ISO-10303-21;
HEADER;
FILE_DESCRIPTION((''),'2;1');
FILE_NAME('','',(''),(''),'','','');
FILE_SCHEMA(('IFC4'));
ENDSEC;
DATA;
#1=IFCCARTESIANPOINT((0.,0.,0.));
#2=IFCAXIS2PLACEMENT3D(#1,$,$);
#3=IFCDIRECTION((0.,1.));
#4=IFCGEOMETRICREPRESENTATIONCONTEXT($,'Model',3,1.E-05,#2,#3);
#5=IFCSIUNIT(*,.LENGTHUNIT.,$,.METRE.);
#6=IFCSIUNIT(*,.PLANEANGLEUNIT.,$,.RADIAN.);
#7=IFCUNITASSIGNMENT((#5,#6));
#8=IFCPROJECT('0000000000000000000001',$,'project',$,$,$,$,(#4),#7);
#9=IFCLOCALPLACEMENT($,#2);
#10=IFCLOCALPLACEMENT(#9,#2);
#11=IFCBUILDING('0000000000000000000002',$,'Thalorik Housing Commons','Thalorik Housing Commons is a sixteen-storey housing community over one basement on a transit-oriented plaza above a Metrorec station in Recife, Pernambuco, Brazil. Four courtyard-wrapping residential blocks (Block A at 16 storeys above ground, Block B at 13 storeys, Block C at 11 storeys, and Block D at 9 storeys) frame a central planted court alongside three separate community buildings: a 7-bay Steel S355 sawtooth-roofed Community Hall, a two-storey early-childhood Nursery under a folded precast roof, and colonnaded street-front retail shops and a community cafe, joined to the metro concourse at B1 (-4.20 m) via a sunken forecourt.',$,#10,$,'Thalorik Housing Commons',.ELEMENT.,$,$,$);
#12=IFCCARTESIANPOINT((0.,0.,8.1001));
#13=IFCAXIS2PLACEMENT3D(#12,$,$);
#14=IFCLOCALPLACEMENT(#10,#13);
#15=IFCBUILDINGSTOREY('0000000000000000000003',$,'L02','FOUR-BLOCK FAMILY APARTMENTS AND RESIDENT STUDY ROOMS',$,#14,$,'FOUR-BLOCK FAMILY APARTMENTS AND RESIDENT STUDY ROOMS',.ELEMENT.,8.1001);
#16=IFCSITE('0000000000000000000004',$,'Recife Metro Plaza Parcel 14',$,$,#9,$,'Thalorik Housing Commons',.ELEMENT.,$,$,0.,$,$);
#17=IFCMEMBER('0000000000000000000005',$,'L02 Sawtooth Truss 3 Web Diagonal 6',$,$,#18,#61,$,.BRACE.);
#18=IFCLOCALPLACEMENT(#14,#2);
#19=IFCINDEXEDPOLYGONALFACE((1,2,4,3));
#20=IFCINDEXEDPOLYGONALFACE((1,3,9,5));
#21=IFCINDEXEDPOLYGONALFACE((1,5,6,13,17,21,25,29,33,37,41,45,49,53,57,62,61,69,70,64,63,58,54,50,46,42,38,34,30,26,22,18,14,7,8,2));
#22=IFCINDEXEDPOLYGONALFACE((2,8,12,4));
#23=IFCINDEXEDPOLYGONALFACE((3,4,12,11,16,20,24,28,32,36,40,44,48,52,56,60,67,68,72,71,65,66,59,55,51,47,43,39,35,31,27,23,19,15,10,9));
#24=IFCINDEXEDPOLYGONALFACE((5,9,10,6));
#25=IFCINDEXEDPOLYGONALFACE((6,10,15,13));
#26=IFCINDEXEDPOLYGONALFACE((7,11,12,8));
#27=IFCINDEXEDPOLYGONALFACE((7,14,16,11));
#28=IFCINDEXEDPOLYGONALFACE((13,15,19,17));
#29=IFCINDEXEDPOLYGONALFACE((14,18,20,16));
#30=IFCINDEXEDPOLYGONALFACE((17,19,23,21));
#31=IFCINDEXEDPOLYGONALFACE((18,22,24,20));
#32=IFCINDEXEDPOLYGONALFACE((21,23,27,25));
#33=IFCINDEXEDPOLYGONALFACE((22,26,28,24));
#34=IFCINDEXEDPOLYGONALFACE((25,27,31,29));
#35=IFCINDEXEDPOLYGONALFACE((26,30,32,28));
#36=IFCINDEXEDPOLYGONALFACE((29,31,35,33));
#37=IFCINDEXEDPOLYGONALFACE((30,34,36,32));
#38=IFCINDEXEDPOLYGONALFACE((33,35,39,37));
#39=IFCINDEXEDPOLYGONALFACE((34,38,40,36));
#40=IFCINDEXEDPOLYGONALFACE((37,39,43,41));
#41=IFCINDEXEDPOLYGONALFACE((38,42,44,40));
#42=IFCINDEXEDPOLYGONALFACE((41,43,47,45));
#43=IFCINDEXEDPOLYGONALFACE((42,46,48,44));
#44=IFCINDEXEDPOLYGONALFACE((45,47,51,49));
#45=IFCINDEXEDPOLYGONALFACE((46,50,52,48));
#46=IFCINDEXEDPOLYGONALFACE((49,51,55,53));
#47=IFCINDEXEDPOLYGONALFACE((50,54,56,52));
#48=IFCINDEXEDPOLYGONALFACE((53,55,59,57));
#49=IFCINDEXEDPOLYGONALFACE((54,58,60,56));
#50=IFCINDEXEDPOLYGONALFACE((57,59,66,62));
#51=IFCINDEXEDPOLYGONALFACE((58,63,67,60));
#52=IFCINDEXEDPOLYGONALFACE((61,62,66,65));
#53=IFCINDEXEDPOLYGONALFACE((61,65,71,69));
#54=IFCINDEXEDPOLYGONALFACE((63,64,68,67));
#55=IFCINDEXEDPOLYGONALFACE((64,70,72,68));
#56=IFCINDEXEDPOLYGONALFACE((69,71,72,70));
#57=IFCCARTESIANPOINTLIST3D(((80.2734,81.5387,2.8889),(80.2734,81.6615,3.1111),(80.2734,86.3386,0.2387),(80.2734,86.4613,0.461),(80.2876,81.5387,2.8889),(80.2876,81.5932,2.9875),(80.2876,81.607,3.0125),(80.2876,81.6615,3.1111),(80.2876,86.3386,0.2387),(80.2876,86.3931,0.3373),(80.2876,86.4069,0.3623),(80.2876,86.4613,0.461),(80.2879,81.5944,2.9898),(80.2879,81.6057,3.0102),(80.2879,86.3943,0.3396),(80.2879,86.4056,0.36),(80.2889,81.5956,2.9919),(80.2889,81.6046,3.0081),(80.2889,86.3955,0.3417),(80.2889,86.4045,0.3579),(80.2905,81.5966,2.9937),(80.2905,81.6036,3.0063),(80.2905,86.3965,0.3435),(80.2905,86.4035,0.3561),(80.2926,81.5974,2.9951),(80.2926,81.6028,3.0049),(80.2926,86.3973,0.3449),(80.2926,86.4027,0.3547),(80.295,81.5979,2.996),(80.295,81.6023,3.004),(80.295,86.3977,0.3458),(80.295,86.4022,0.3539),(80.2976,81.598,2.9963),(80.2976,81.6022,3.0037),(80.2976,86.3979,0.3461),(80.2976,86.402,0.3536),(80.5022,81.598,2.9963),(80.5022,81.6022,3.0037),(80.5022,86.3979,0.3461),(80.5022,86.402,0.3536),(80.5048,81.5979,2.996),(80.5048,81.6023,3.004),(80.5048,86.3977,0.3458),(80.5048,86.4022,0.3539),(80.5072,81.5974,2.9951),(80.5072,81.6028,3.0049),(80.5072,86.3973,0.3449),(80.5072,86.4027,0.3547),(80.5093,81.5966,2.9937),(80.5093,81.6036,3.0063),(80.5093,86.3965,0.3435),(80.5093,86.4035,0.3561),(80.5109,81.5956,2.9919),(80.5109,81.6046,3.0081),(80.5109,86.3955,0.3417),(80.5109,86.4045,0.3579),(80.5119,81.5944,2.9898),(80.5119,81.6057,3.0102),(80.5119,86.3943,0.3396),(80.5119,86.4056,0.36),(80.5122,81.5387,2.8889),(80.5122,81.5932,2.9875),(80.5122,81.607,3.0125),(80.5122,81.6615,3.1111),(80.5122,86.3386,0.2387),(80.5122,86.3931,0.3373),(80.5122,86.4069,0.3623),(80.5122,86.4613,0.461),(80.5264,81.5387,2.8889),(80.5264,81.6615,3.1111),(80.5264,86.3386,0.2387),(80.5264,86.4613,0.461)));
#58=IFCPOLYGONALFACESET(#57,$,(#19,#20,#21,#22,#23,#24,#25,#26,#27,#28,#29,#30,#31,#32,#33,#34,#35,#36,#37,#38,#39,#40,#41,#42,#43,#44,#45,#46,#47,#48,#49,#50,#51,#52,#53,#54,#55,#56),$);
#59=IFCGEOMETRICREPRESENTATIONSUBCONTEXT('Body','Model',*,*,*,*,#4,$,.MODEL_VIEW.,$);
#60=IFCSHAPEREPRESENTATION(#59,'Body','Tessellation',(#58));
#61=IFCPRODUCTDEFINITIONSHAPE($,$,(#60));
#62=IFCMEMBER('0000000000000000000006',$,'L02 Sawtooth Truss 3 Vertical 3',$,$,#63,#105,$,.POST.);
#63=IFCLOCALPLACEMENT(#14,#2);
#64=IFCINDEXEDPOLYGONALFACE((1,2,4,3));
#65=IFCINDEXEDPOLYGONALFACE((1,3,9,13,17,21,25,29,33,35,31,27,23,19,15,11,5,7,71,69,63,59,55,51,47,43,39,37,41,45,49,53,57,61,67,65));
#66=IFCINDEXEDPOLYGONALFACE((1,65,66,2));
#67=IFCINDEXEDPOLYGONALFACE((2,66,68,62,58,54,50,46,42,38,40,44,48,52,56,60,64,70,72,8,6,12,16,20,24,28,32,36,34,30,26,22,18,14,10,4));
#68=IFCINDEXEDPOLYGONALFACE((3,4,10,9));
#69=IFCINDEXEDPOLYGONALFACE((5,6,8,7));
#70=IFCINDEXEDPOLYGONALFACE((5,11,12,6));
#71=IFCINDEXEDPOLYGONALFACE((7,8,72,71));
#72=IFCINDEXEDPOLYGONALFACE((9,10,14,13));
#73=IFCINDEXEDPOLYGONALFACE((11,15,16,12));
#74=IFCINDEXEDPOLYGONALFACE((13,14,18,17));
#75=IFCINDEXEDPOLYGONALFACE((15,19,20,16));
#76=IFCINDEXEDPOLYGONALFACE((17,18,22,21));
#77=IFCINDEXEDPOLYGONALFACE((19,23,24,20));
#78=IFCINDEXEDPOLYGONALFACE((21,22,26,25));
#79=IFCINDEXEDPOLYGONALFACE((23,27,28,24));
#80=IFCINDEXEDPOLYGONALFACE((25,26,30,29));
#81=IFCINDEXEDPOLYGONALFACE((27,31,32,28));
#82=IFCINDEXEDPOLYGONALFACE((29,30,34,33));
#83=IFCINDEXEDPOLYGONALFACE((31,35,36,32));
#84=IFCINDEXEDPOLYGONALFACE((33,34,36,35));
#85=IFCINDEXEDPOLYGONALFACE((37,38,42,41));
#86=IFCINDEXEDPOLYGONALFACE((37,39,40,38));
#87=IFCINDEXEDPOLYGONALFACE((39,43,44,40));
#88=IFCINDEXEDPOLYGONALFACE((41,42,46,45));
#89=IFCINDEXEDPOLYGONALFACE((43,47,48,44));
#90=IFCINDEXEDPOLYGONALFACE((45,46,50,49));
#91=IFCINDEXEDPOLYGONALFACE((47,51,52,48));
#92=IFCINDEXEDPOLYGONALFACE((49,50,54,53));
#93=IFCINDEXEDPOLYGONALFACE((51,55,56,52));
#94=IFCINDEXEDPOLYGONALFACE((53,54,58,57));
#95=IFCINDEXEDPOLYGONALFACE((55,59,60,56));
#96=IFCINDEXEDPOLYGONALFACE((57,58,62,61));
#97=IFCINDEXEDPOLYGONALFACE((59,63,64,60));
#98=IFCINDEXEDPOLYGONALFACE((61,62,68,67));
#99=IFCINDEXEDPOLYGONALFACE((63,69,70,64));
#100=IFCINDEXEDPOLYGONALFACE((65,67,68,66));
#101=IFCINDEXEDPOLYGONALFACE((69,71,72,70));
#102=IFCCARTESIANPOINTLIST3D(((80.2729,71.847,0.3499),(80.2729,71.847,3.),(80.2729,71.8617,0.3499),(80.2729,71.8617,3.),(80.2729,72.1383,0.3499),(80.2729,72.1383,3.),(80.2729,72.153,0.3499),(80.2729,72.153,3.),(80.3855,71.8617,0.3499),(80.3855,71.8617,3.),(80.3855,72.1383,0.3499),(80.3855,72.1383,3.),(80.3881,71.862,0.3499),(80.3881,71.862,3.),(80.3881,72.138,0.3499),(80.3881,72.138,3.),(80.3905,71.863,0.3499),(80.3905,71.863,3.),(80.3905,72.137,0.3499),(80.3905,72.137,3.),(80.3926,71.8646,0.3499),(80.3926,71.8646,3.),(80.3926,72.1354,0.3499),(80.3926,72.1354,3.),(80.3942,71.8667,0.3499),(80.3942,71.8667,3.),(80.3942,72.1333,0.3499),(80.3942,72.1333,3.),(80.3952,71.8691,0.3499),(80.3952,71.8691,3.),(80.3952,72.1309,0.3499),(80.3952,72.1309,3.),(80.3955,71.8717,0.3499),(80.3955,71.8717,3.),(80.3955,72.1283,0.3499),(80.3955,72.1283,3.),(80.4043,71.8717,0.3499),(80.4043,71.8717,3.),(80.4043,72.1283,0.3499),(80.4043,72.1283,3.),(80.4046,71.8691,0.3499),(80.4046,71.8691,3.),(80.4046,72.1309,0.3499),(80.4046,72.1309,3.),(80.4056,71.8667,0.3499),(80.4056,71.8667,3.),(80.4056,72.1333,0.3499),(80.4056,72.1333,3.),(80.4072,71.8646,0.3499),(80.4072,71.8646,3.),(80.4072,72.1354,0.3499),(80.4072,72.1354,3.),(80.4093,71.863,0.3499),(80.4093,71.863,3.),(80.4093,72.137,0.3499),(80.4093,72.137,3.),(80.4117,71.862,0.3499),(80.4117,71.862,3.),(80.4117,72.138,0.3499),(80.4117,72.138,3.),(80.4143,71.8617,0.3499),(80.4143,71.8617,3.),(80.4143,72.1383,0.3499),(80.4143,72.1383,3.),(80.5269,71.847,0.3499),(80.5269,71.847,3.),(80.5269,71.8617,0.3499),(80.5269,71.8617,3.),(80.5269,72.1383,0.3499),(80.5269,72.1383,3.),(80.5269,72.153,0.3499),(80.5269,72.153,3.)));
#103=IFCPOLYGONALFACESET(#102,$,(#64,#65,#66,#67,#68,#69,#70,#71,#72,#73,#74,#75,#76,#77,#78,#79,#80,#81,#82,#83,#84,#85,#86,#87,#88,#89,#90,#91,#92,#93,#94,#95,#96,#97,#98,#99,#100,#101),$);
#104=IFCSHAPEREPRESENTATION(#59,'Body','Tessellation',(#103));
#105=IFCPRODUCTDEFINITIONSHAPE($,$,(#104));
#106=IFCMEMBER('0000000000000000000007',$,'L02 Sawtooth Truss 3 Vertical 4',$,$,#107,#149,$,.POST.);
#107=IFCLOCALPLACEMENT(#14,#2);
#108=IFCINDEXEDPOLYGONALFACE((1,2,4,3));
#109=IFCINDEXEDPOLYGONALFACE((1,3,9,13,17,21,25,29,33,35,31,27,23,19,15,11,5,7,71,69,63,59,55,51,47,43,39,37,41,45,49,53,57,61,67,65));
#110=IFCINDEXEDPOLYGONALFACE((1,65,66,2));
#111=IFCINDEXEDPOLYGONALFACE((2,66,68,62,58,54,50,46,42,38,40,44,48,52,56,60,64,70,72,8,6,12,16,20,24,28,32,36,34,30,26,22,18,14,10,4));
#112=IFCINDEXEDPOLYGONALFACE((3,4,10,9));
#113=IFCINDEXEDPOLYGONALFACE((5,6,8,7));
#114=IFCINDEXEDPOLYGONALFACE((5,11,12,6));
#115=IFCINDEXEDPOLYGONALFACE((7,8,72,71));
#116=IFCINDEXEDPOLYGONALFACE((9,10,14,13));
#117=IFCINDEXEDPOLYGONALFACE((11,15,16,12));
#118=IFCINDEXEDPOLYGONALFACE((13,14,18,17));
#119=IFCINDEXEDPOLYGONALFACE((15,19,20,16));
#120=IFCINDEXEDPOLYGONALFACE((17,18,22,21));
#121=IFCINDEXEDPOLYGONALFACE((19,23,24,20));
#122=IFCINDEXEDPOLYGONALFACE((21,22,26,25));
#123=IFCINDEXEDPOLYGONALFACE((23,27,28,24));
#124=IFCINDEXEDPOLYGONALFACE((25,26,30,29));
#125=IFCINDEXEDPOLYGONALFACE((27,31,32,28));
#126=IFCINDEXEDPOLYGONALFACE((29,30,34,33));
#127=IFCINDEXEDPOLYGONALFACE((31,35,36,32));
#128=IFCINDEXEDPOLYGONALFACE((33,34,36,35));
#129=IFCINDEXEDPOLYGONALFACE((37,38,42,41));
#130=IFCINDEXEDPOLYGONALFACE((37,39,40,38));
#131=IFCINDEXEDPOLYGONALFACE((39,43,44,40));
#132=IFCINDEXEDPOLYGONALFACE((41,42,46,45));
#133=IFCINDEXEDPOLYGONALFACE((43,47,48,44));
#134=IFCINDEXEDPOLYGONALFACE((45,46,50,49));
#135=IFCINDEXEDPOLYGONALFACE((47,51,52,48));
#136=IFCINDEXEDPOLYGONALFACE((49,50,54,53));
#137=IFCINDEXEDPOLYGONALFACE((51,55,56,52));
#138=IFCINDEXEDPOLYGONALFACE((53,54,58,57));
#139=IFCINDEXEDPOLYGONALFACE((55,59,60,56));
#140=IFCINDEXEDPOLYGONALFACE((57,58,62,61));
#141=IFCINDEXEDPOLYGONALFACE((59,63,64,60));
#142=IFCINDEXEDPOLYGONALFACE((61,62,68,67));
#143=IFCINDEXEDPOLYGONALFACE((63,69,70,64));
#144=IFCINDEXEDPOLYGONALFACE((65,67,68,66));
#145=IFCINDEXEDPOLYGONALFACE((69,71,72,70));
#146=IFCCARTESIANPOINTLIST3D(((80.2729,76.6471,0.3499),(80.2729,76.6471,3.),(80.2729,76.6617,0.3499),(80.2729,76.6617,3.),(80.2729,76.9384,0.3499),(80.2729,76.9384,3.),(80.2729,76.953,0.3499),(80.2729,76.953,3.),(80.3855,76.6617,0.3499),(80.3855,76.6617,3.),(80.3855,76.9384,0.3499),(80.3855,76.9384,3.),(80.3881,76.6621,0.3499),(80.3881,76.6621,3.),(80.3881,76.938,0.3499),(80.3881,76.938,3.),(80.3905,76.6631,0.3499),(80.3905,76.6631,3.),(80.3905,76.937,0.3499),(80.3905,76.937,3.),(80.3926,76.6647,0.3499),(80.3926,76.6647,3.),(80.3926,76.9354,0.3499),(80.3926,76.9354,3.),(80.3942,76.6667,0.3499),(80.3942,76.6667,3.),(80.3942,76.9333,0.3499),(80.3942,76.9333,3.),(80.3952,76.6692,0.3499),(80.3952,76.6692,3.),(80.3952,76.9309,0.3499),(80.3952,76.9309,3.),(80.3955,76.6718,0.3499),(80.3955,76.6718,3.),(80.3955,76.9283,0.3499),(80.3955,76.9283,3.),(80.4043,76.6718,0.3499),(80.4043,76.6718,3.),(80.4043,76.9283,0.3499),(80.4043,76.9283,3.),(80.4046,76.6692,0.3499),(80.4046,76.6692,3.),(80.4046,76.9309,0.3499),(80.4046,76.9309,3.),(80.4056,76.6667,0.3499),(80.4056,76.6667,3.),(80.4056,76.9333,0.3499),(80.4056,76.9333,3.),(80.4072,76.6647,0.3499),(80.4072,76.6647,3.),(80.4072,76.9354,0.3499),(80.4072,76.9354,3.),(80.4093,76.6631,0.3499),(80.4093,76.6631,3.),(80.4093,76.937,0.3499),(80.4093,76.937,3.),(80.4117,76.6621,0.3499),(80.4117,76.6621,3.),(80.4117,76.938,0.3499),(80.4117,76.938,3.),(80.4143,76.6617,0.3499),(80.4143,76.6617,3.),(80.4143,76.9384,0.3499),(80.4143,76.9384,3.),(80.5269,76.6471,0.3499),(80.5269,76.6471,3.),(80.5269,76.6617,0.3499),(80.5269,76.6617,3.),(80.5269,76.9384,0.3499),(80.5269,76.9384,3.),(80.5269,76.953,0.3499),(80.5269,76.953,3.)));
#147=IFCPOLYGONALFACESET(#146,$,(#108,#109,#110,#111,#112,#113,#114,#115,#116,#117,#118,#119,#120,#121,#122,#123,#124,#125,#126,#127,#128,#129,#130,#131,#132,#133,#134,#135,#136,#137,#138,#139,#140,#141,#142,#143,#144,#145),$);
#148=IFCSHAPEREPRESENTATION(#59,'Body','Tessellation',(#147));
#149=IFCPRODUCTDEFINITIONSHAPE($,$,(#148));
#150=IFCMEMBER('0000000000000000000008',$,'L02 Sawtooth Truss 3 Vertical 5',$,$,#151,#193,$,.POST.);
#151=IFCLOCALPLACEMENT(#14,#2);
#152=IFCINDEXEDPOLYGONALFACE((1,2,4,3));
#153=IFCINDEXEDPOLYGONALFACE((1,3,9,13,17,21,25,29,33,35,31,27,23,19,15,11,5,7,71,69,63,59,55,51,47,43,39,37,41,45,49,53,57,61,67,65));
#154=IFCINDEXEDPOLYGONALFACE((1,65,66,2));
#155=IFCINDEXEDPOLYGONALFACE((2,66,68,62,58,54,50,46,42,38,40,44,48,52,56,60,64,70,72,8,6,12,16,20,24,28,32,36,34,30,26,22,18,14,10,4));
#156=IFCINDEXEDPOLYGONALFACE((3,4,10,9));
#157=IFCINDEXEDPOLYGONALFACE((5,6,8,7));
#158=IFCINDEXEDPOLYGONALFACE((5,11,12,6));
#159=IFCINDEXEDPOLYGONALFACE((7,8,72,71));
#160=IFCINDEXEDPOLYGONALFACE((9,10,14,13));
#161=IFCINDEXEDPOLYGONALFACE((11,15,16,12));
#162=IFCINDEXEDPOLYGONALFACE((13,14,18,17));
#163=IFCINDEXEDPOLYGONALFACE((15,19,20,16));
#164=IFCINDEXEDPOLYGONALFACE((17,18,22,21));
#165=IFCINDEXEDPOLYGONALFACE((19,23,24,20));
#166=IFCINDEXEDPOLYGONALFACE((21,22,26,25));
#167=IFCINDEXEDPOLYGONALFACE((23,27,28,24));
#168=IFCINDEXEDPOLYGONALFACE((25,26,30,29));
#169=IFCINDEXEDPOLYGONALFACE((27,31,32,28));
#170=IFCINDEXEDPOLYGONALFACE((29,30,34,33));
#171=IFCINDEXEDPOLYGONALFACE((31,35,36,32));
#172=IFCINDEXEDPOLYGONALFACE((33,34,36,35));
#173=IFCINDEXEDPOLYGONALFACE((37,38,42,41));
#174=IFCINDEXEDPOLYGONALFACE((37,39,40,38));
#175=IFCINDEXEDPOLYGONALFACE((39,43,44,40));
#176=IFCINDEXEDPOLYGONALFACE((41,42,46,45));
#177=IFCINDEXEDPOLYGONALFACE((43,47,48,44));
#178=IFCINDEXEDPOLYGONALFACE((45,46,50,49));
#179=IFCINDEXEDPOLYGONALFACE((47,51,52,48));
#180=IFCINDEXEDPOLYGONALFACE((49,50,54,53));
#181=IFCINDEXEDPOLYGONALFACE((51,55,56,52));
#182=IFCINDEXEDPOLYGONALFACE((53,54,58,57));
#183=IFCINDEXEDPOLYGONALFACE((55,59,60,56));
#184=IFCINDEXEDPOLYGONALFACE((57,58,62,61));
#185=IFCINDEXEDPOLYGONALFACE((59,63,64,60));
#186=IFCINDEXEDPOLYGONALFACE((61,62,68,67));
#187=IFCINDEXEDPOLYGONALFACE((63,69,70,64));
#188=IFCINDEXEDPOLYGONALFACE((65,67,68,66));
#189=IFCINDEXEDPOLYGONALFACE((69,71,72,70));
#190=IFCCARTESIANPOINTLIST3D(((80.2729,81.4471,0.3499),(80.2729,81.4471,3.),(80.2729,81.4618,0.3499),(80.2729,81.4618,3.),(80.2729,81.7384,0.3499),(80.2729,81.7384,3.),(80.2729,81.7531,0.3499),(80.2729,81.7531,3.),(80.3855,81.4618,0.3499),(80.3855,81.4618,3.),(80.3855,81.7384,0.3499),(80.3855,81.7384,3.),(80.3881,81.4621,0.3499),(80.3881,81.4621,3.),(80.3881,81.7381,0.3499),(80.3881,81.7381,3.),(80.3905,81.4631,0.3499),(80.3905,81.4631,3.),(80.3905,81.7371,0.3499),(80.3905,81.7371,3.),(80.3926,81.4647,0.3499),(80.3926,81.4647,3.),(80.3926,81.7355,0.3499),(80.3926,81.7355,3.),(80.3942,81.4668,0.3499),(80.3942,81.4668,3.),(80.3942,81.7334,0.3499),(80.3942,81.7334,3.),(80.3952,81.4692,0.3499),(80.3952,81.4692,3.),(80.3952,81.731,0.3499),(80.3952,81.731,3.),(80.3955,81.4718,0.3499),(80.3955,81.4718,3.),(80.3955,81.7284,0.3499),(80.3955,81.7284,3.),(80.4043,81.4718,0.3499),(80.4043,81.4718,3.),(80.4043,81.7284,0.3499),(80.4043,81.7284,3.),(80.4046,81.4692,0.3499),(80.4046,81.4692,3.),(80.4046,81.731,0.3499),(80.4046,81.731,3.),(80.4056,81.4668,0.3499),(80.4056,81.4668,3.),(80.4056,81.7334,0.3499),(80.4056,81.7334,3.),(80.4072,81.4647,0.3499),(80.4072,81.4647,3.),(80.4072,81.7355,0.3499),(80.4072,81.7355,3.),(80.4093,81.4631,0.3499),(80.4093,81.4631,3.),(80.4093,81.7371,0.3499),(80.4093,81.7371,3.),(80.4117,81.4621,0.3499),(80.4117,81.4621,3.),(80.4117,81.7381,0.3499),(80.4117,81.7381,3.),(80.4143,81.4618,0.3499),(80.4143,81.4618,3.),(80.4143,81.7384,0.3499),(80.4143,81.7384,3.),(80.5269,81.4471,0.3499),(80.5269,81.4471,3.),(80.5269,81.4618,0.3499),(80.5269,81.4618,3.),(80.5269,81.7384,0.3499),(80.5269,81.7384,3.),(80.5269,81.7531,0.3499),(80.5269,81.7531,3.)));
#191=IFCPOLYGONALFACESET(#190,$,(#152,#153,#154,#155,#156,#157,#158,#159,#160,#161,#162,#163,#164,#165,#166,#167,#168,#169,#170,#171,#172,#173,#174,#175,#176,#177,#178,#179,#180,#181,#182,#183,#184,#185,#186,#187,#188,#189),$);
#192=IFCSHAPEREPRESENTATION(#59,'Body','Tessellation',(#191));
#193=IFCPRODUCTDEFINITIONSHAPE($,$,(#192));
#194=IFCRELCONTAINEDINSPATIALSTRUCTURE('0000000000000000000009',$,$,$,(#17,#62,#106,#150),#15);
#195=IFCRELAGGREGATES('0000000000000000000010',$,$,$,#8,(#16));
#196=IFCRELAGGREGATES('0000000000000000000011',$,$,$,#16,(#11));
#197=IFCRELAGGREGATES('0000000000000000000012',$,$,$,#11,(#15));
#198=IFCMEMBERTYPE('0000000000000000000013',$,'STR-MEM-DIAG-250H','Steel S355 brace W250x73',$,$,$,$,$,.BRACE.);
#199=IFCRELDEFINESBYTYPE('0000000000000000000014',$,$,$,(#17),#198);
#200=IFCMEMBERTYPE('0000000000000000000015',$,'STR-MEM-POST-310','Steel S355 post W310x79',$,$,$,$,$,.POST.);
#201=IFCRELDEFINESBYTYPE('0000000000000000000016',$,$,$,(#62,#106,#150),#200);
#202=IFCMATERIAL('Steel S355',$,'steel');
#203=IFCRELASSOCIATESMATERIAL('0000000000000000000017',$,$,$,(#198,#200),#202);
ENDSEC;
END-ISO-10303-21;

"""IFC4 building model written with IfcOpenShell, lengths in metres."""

from ifc_helpers import new_model, si_unit, direction, frame, origin, origin_2d, place, context, subcontext, project, spatial, i_section, extrude, material, material_profile, profile_set, type_object, element, save


model = new_model("IFC4")

# Units and contexts
model_context = context("Model", 3, precision=1e-05, world=origin(), true_north=direction((0.0, 1.0)))
body_context = subcontext(model_context, "Body", "Model", "MODEL_VIEW")
ifc_project = project(units=[si_unit("LENGTHUNIT", "METRE"), si_unit("PLANEANGLEUNIT", "RADIAN")], contexts=[model_context])

# Site, building, storey
site_placement = place(None, origin())
site = spatial("IfcSite", under=ifc_project, at=site_placement, Name="Recife Metro Plaza Parcel 14", LongName="Thalorik Housing Commons", CompositionType="ELEMENT", RefElevation=0.0)
building_placement = place(site_placement, origin())
building = spatial("IfcBuilding", under=site, at=building_placement, Name="Thalorik Housing Commons", Description="Thalorik Housing Commons is a sixteen-storey housing community over one basement on a transit-oriented plaza above a Metrorec station in Recife, Pernambuco, Brazil. Four courtyard-wrapping residential blocks (Block A at 16 storeys above ground, Block B at 13 storeys, Block C at 11 storeys, and Block D at 9 storeys) frame a central planted court alongside three separate community buildings: a 7-bay Steel S355 sawtooth-roofed Community Hall, a two-storey early-childhood Nursery under a folded precast roof, and colonnaded street-front retail shops and a community cafe, joined to the metro concourse at B1 (-4.20 m) via a sunken forecourt.", LongName="Thalorik Housing Commons", CompositionType="ELEMENT")
storey_placement = place(building_placement, frame((0.0, 0.0, 8.1001)))
storey = spatial("IfcBuildingStorey", under=building, at=storey_placement, Name="L02", Description="FOUR-BLOCK FAMILY APARTMENTS AND RESIDENT STUDY ROOMS", LongName="FOUR-BLOCK FAMILY APARTMENTS AND RESIDENT STUDY ROOMS", CompositionType="ELEMENT", Elevation=8.1001)

# Shared definitions
ifc_material_1 = material(Name="Steel S355", Category="steel")

# Members
ifc_material_profile_1 = material_profile(ifc_material_1, i_section(OverallWidth=0.2539, OverallDepth=0.2529, WebThickness=0.0085, FlangeThickness=0.0142, FilletRadius=0.01, at=origin_2d()), Name="W250x73", Category="steel")
ifc_profile_set_1 = profile_set([ifc_material_profile_1], Name="Steel S355")
member_type_1 = type_object("IfcMemberType", Name="STR-MEM-DIAG-250H", Description="Steel S355 brace W250x73", PredefinedType="BRACE", material=ifc_profile_set_1)
member_1_placement = place(storey_placement, frame((80.3999, 81.6001, 3.0), z_axis=(0.0, 0.875425, -0.483354), x_axis=(0.0, 0.483354, 0.875425)))
element("IfcMember", 1, at=member_1_placement, inside=storey, type_object=member_type_1, Name="L02 Sawtooth Truss 3 Web Diagonal 6", PredefinedType="BRACE", context=body_context, shape_type="SweptSolid", body=[
    extrude(i_section(OverallWidth=0.2539, OverallDepth=0.2529, WebThickness=0.0085, FlangeThickness=0.0142, FilletRadius=0.01, at=origin_2d()), origin(), (0.0, 0.0, 1.0), 5.4829),
])
ifc_material_profile_2 = material_profile(ifc_material_1, i_section(OverallWidth=0.2539, OverallDepth=0.3059, WebThickness=0.0088, FlangeThickness=0.0146, FilletRadius=0.01, at=origin_2d()), Name="W310x79", Category="steel")
ifc_profile_set_2 = profile_set([ifc_material_profile_2], Name="Steel S355")
member_type_2 = type_object("IfcMemberType", Name="STR-MEM-POST-310", Description="Steel S355 post W310x79", PredefinedType="POST", material=ifc_profile_set_2)
for number, where, z_axis, x_axis, name in (
    (2, (80.3999, 72.0, 0.3499), (0.0, 0.0, 1.0), (1.0, 0.0, 0.0), "L02 Sawtooth Truss 3 Vertical 3"),
    (3, (80.3999, 76.8, 0.3499), (0.0, 0.0, 1.0), (1.0, 0.0, 0.0), "L02 Sawtooth Truss 3 Vertical 4"),
    (4, (80.3999, 81.6001, 0.3499), (0.0, 0.0, 1.0), (1.0, 0.0, 0.0), "L02 Sawtooth Truss 3 Vertical 5"),
):
    element("IfcMember", number, at=place(storey_placement, frame(where, z_axis=z_axis, x_axis=x_axis)), inside=storey, type_object=member_type_2, Name=name, PredefinedType="POST", context=body_context, shape_type="SweptSolid", body=[
        extrude(i_section(OverallWidth=0.2539, OverallDepth=0.3059, WebThickness=0.0088, FlangeThickness=0.0146, FilletRadius=0.01, at=origin_2d()), origin(), (0.0, 0.0, 1.0), 2.6501),
    ])

save(model, "model.ifc")
